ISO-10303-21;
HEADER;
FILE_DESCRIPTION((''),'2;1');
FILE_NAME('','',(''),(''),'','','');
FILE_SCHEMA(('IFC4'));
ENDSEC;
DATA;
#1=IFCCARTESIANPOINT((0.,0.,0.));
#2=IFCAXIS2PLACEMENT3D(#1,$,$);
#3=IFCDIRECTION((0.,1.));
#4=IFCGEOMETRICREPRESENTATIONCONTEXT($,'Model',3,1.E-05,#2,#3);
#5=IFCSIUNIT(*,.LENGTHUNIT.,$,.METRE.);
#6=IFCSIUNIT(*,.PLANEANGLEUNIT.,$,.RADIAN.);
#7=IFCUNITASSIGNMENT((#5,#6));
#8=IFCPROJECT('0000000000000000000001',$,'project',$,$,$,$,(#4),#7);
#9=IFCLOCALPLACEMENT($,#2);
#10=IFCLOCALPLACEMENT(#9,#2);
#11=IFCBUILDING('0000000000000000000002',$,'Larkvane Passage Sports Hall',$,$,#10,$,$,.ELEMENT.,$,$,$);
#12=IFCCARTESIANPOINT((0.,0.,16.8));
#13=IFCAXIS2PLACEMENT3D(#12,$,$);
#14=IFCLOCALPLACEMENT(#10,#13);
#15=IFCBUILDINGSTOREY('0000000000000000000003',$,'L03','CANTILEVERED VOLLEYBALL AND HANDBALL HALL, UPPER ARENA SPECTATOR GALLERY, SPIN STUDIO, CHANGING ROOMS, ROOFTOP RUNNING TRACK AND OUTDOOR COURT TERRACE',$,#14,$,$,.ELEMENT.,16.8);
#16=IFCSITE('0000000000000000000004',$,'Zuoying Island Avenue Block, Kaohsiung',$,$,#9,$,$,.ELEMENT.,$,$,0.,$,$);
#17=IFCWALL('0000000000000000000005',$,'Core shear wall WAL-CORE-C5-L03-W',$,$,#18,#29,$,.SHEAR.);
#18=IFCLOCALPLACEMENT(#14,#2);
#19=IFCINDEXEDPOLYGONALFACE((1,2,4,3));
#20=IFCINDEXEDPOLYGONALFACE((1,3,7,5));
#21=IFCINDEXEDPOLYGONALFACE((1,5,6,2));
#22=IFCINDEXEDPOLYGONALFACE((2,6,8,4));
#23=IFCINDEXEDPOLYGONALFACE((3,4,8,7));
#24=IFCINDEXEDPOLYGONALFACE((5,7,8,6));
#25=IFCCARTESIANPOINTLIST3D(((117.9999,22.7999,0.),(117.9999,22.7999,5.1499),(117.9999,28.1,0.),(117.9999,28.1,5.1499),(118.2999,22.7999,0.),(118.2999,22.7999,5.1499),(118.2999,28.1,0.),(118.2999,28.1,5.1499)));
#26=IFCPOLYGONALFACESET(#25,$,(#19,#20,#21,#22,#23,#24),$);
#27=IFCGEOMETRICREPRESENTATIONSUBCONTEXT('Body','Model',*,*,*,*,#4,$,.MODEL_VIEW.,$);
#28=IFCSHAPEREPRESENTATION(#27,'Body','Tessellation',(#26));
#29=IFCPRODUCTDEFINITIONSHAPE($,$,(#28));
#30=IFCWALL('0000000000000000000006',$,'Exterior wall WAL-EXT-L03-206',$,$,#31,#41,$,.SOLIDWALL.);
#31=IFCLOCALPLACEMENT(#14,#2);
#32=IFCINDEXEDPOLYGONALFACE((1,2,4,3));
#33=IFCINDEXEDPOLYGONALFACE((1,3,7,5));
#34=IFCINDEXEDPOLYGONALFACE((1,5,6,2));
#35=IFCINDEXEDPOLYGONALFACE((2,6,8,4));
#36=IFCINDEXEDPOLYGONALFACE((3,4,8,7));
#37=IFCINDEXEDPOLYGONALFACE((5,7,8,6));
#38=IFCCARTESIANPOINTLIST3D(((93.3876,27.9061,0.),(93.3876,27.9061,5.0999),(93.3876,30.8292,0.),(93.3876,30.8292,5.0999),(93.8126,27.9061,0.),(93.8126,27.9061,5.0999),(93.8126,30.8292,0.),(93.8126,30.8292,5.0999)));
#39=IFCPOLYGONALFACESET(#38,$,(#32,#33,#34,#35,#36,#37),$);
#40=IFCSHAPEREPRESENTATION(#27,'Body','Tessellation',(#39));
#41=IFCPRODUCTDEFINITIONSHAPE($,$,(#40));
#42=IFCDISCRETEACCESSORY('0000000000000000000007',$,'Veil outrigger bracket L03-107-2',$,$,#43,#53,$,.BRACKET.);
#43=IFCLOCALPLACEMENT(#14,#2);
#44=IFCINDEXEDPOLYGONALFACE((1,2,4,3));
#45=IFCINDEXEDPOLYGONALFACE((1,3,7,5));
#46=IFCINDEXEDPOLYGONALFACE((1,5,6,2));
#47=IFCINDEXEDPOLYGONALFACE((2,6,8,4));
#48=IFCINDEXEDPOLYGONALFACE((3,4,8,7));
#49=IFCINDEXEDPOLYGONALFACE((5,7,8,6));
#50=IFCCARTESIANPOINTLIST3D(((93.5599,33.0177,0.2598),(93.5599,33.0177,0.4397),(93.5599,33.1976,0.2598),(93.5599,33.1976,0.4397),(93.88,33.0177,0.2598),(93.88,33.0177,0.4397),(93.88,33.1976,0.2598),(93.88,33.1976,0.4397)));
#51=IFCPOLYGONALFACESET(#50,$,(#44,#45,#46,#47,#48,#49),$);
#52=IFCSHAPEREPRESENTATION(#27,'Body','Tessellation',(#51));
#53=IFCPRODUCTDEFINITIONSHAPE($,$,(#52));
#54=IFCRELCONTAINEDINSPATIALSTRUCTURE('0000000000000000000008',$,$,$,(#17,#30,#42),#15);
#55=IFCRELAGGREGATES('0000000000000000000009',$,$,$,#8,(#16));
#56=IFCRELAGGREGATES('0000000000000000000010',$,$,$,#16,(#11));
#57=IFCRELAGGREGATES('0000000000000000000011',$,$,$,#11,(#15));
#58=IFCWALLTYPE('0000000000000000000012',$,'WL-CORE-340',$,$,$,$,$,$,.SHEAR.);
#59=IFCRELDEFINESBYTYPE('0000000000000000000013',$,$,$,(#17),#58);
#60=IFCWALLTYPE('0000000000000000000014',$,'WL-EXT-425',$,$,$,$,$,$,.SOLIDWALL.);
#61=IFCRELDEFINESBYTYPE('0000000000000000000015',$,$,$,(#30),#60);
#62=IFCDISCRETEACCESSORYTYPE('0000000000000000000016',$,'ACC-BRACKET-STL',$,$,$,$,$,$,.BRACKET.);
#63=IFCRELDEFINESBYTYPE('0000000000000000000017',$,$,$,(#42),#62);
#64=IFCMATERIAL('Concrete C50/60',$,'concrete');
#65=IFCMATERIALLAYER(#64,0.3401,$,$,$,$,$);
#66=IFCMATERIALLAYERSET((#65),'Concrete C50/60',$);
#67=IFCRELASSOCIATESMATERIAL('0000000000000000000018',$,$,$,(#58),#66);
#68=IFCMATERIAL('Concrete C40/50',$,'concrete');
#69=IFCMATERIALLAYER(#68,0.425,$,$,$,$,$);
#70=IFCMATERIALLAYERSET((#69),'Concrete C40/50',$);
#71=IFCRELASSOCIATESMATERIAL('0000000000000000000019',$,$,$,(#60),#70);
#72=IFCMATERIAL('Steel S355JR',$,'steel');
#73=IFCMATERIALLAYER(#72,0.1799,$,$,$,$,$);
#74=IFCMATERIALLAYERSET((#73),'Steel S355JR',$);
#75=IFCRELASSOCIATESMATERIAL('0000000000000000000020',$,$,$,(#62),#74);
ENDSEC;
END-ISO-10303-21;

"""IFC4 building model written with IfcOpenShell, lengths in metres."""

from ifc_helpers import new_model, si_unit, direction, frame, frame_2d, origin, origin_2d, place, context, subcontext, project, spatial, rectangle, extrude, material, layer, layer_set, type_object, element, save


model = new_model("IFC4")

# Units and contexts
model_context = context("Model", 3, precision=1e-05, world=origin(), true_north=direction((0.0, 1.0)))
body_context = subcontext(model_context, "Body", "Model", "MODEL_VIEW")
ifc_project = project(units=[si_unit("LENGTHUNIT", "METRE"), si_unit("PLANEANGLEUNIT", "RADIAN")], contexts=[model_context])

# Site, building, storey
site_placement = place(None, origin())
site = spatial("IfcSite", under=ifc_project, at=site_placement, Name="Zuoying Island Avenue Block, Kaohsiung", CompositionType="ELEMENT", RefElevation=0.0)
building_placement = place(site_placement, origin())
building = spatial("IfcBuilding", under=site, at=building_placement, Name="Larkvane Passage Sports Hall", CompositionType="ELEMENT")
storey_placement = place(building_placement, frame((0.0, 0.0, 16.8)))
storey = spatial("IfcBuildingStorey", under=building, at=storey_placement, Name="L03", Description="CANTILEVERED VOLLEYBALL AND HANDBALL HALL, UPPER ARENA SPECTATOR GALLERY, SPIN STUDIO, CHANGING ROOMS, ROOFTOP RUNNING TRACK AND OUTDOOR COURT TERRACE", CompositionType="ELEMENT", Elevation=16.8)

# Walls
ifc_material_1 = material(Name="Concrete C50/60", Category="concrete")
ifc_layer_1 = layer(ifc_material_1, 0.3401)
ifc_layer_set_1 = layer_set([ifc_layer_1], Name="Concrete C50/60")
wall_type_1 = type_object("IfcWallType", Name="WL-CORE-340", PredefinedType="SHEAR", material=ifc_layer_set_1)
wall_1_placement = place(storey_placement, frame((118.1499, 22.8, 0.0), z_axis=(0.0, 0.0, 1.0), x_axis=(0.0, 1.0, 0.0)))
element("IfcWall", 1, at=wall_1_placement, inside=storey, type_object=wall_type_1, Name="Core shear wall WAL-CORE-C5-L03-W", PredefinedType="SHEAR", context=body_context, shape_type="SweptSolid", body=[
    extrude(rectangle(XDim=5.3, YDim=0.3, at=frame_2d((2.6499, 0.0))), origin(), (0.0, 0.0, 1.0), 5.1499),
])
ifc_material_2 = material(Name="Concrete C40/50", Category="concrete")
ifc_layer_2 = layer(ifc_material_2, 0.425)
ifc_layer_set_2 = layer_set([ifc_layer_2], Name="Concrete C40/50")
wall_type_2 = type_object("IfcWallType", Name="WL-EXT-425", PredefinedType="SOLIDWALL", material=ifc_layer_set_2)
wall_2_placement = place(storey_placement, frame((93.6001, 30.8291, 0.0), z_axis=(0.0, 0.0, 1.0), x_axis=(0.0, -1.0, 0.0)))
element("IfcWall", 2, at=wall_2_placement, inside=storey, type_object=wall_type_2, Name="Exterior wall WAL-EXT-L03-206", PredefinedType="SOLIDWALL", context=body_context, shape_type="SweptSolid", body=[
    extrude(rectangle(XDim=2.9231, YDim=0.425, at=frame_2d((1.4614, 0.0))), origin(), (0.0, 0.0, 1.0), 5.0999),
])

# Discrete accessory
ifc_material_3 = material(Name="Steel S355JR", Category="steel")
ifc_layer_3 = layer(ifc_material_3, 0.1799)
ifc_layer_set_3 = layer_set([ifc_layer_3], Name="Steel S355JR")
discrete_accessory_type = type_object("IfcDiscreteAccessoryType", Name="ACC-BRACKET-STL", PredefinedType="BRACKET", material=ifc_layer_set_3)
discrete_accessory_placement = place(storey_placement, frame((93.72, 33.1077, 0.2598), z_axis=(0.0, 0.0, 1.0), x_axis=(0.0, -1.0, 0.0)))
element("IfcDiscreteAccessory", 3, at=discrete_accessory_placement, inside=storey, type_object=discrete_accessory_type, Name="Veil outrigger bracket L03-107-2", PredefinedType="BRACKET", context=body_context, shape_type="SweptSolid", body=[
    extrude(rectangle(XDim=0.1799, YDim=0.3201, at=origin_2d()), origin(), (0.0, 0.0, 1.0), 0.1799),
])

save(model, "model.ifc")
